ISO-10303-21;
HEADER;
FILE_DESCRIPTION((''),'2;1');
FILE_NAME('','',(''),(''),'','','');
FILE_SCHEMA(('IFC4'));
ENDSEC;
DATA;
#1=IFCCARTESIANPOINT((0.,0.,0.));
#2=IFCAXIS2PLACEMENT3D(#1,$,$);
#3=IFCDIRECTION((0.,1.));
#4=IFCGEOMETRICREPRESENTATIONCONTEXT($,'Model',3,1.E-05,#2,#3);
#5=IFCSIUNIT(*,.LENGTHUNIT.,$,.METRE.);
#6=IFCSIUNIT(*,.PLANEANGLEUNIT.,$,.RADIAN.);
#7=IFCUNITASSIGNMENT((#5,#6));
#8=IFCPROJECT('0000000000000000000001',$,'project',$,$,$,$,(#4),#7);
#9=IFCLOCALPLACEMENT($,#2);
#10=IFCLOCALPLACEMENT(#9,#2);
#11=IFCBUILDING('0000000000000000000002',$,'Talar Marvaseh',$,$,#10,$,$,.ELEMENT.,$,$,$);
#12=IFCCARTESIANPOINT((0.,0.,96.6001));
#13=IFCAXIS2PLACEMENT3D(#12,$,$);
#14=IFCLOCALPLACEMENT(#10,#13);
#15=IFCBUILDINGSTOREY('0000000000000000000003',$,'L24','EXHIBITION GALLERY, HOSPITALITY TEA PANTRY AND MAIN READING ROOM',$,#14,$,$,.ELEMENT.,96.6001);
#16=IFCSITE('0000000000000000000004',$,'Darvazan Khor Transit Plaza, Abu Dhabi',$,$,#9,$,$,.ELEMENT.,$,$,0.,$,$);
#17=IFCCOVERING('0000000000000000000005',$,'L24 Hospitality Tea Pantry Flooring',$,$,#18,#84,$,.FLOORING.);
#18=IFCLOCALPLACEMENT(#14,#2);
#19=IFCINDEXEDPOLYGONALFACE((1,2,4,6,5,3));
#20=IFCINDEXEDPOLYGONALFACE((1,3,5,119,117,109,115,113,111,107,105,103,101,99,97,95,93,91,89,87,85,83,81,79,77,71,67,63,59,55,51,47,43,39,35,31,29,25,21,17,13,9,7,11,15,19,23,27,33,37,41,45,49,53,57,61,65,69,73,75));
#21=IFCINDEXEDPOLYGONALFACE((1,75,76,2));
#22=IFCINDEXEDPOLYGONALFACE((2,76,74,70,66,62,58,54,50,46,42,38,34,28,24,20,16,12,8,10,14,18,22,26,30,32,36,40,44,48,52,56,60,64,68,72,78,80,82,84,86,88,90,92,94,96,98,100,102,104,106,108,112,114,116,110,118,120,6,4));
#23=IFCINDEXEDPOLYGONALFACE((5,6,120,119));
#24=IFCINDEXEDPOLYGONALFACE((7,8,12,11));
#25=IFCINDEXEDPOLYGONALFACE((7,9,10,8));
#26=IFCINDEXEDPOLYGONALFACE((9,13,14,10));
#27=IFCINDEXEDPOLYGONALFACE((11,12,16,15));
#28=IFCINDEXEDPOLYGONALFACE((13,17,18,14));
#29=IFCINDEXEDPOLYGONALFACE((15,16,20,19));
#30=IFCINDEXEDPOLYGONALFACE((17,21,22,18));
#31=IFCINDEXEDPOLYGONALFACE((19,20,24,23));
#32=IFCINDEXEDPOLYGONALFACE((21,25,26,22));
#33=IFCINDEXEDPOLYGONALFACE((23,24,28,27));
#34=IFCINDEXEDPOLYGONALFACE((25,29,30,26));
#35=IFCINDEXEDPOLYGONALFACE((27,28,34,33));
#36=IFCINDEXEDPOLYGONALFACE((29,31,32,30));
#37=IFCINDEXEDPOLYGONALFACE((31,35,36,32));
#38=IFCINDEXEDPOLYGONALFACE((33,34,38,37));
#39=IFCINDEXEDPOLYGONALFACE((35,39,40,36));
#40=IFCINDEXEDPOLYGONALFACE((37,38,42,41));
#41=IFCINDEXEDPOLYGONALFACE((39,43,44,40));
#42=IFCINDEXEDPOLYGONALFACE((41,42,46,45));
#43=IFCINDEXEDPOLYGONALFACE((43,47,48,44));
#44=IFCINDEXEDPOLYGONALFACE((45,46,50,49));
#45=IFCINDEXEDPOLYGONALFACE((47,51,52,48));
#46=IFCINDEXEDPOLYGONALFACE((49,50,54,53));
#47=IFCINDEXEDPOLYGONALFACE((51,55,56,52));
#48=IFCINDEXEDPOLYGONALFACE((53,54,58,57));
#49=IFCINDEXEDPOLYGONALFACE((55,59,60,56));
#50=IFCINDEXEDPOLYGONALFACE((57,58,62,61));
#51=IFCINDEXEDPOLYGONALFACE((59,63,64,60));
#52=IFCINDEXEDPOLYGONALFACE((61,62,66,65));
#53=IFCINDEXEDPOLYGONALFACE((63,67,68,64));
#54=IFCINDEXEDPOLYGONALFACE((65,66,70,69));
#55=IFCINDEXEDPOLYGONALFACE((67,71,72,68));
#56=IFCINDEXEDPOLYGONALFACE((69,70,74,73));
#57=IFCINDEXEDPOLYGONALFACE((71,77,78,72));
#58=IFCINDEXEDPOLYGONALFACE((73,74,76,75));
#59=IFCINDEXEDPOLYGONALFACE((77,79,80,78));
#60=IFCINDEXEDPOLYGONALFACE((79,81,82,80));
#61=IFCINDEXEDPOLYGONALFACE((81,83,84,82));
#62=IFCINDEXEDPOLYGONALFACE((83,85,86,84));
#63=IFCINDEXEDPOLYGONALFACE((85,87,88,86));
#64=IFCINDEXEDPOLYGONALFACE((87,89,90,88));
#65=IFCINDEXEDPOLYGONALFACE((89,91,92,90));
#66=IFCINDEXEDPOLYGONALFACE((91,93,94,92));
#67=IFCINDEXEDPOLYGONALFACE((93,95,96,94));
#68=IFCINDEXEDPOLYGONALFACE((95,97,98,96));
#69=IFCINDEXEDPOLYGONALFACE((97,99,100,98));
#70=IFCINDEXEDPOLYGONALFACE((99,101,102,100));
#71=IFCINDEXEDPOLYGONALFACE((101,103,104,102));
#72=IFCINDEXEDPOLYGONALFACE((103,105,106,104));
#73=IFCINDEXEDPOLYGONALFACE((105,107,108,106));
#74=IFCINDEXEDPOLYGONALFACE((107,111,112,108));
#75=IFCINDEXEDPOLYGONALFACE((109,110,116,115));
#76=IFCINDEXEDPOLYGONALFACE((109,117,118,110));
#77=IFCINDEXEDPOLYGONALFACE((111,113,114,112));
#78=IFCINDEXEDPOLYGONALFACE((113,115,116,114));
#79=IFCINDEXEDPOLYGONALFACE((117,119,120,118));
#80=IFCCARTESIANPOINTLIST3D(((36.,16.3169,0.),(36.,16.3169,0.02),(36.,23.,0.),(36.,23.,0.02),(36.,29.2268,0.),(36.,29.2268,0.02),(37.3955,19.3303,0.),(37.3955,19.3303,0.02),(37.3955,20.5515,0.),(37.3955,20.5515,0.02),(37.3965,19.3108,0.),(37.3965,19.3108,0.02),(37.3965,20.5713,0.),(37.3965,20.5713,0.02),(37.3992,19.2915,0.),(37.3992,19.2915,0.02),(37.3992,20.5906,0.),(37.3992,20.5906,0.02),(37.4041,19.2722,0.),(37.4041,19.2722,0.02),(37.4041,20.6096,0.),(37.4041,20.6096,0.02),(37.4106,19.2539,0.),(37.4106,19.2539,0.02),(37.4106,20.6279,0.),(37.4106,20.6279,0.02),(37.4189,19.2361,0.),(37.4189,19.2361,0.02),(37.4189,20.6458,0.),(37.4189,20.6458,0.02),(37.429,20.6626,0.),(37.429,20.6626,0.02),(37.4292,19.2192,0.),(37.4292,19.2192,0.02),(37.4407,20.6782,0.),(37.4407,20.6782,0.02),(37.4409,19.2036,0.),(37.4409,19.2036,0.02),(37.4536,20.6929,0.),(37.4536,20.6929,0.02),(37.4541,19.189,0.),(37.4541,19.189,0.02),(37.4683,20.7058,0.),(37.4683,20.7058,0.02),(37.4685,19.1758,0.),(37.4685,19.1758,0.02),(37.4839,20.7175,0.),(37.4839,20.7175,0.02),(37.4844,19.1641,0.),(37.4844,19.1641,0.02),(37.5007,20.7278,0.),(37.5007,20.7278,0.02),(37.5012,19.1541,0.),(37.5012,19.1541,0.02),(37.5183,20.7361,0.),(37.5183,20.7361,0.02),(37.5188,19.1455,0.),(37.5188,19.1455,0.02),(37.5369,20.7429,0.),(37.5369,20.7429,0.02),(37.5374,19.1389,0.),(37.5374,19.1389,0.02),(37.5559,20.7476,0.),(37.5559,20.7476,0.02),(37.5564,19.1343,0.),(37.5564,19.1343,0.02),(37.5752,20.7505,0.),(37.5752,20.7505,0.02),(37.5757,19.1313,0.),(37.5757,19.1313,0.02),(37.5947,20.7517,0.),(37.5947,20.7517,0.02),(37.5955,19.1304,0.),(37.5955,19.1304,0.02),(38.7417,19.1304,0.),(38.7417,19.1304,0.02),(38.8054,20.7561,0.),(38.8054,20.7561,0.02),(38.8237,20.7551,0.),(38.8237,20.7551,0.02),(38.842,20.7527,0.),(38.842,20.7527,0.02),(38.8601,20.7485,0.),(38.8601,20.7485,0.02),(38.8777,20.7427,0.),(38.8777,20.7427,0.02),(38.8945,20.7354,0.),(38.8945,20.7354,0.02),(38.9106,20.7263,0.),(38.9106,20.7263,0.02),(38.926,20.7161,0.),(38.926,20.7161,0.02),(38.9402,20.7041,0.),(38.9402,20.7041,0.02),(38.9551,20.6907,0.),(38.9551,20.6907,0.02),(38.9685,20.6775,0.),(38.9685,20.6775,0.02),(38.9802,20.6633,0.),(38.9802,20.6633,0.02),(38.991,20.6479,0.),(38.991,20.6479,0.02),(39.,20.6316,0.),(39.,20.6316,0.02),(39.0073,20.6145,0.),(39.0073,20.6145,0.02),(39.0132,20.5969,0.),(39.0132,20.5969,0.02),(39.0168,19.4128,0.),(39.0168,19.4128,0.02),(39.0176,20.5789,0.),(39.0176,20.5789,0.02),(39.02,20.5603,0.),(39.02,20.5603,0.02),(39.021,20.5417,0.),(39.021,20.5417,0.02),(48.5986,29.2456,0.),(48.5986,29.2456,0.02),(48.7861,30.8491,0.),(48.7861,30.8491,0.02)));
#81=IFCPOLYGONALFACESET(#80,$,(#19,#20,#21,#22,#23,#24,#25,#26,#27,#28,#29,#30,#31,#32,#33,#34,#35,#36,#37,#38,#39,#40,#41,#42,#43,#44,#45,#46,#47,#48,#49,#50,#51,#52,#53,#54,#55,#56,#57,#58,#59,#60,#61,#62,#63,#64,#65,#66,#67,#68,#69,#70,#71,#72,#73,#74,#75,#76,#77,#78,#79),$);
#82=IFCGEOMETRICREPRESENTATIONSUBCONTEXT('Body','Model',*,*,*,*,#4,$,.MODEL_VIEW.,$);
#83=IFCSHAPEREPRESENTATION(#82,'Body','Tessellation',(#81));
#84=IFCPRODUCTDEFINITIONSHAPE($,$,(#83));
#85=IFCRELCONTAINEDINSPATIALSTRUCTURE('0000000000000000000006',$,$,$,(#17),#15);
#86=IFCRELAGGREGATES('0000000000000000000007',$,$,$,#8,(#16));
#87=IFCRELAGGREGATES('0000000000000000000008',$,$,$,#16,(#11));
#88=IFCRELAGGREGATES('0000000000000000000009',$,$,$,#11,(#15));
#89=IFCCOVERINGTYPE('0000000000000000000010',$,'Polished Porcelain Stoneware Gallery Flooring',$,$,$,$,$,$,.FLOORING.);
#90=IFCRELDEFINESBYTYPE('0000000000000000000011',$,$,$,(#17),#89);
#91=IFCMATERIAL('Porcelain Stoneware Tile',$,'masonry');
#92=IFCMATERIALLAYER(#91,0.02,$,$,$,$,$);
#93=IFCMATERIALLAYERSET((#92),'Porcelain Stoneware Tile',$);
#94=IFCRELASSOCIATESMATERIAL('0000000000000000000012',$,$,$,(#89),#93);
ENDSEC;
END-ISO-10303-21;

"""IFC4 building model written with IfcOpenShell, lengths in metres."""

from ifc_helpers import new_model, si_unit, direction, frame, origin, place, context, subcontext, project, spatial, polyline, outline, extrude, material, layer, layer_set, type_object, element, save


model = new_model("IFC4")

# Units and contexts
model_context = context("Model", 3, precision=1e-05, world=origin(), true_north=direction((0.0, 1.0)))
body_context = subcontext(model_context, "Body", "Model", "MODEL_VIEW")
ifc_project = project(units=[si_unit("LENGTHUNIT", "METRE"), si_unit("PLANEANGLEUNIT", "RADIAN")], contexts=[model_context])

# Site, building, storey
site_placement = place(None, origin())
site = spatial("IfcSite", under=ifc_project, at=site_placement, Name="Darvazan Khor Transit Plaza, Abu Dhabi", CompositionType="ELEMENT", RefElevation=0.0)
building_placement = place(site_placement, origin())
building = spatial("IfcBuilding", under=site, at=building_placement, Name="Talar Marvaseh", CompositionType="ELEMENT")
storey_placement = place(building_placement, frame((0.0, 0.0, 96.6001)))
storey = spatial("IfcBuildingStorey", under=building, at=storey_placement, Name="L24", Description="EXHIBITION GALLERY, HOSPITALITY TEA PANTRY AND MAIN READING ROOM", CompositionType="ELEMENT", Elevation=96.6001)

# Covering
ifc_material_1 = material(Name="Porcelain Stoneware Tile", Category="masonry")
ifc_layer_1 = layer(ifc_material_1, 0.02)
ifc_layer_set_1 = layer_set([ifc_layer_1], Name="Porcelain Stoneware Tile")
covering_type_1 = type_object("IfcCoveringType", Name="Polished Porcelain Stoneware Gallery Flooring", PredefinedType="FLOORING", material=ifc_layer_set_1)
covering_1_placement = place(storey_placement, origin())
element("IfcCovering", 1, at=covering_1_placement, inside=storey, type_object=covering_type_1, Name="L24 Hospitality Tea Pantry Flooring", PredefinedType="FLOORING", context=body_context, shape_type="SweptSolid", body=[
    extrude(outline(polyline([(48.7861, 30.8491), (48.5986, 29.2456), (39.0168, 19.4128), (39.021, 20.5417), (39.02, 20.5603), (39.0176, 20.5789), (39.0132, 20.5969), (39.0073, 20.6145), (39.0, 20.6316), (38.991, 20.6479), (38.9802, 20.6633), (38.9685, 20.6775), (38.9551, 20.6907), (38.9402, 20.7041), (38.926, 20.7161), (38.9106, 20.7263), (38.8945, 20.7354), (38.8777, 20.7427), (38.8601, 20.7485), (38.842, 20.7527), (38.8237, 20.7551), (38.8054, 20.7561), (37.5947, 20.7517), (37.5752, 20.7505), (37.5559, 20.7476), (37.5369, 20.7429), (37.5183, 20.7361), (37.5007, 20.7278), (37.4839, 20.7175), (37.4683, 20.7058), (37.4536, 20.6929), (37.4407, 20.6782), (37.429, 20.6626), (37.4189, 20.6458), (37.4106, 20.6279), (37.4041, 20.6096), (37.3992, 20.5906), (37.3965, 20.5713), (37.3955, 20.5515), (37.3955, 19.3303), (37.3965, 19.3108), (37.3992, 19.2915), (37.4041, 19.2722), (37.4106, 19.2539), (37.4189, 19.2361), (37.4292, 19.2192), (37.4409, 19.2036), (37.4541, 19.189), (37.4685, 19.1758), (37.4844, 19.1641), (37.5012, 19.1541), (37.5188, 19.1455), (37.5374, 19.1389), (37.5564, 19.1343), (37.5757, 19.1313), (37.5955, 19.1304), (38.7417, 19.1304), (36.0, 16.3169), (36.0, 23.0), (36.0, 29.2268), (48.7861, 30.8491)])), origin(), (0.0, 0.0, 1.0), 0.02),
])

save(model, "model.ifc")
